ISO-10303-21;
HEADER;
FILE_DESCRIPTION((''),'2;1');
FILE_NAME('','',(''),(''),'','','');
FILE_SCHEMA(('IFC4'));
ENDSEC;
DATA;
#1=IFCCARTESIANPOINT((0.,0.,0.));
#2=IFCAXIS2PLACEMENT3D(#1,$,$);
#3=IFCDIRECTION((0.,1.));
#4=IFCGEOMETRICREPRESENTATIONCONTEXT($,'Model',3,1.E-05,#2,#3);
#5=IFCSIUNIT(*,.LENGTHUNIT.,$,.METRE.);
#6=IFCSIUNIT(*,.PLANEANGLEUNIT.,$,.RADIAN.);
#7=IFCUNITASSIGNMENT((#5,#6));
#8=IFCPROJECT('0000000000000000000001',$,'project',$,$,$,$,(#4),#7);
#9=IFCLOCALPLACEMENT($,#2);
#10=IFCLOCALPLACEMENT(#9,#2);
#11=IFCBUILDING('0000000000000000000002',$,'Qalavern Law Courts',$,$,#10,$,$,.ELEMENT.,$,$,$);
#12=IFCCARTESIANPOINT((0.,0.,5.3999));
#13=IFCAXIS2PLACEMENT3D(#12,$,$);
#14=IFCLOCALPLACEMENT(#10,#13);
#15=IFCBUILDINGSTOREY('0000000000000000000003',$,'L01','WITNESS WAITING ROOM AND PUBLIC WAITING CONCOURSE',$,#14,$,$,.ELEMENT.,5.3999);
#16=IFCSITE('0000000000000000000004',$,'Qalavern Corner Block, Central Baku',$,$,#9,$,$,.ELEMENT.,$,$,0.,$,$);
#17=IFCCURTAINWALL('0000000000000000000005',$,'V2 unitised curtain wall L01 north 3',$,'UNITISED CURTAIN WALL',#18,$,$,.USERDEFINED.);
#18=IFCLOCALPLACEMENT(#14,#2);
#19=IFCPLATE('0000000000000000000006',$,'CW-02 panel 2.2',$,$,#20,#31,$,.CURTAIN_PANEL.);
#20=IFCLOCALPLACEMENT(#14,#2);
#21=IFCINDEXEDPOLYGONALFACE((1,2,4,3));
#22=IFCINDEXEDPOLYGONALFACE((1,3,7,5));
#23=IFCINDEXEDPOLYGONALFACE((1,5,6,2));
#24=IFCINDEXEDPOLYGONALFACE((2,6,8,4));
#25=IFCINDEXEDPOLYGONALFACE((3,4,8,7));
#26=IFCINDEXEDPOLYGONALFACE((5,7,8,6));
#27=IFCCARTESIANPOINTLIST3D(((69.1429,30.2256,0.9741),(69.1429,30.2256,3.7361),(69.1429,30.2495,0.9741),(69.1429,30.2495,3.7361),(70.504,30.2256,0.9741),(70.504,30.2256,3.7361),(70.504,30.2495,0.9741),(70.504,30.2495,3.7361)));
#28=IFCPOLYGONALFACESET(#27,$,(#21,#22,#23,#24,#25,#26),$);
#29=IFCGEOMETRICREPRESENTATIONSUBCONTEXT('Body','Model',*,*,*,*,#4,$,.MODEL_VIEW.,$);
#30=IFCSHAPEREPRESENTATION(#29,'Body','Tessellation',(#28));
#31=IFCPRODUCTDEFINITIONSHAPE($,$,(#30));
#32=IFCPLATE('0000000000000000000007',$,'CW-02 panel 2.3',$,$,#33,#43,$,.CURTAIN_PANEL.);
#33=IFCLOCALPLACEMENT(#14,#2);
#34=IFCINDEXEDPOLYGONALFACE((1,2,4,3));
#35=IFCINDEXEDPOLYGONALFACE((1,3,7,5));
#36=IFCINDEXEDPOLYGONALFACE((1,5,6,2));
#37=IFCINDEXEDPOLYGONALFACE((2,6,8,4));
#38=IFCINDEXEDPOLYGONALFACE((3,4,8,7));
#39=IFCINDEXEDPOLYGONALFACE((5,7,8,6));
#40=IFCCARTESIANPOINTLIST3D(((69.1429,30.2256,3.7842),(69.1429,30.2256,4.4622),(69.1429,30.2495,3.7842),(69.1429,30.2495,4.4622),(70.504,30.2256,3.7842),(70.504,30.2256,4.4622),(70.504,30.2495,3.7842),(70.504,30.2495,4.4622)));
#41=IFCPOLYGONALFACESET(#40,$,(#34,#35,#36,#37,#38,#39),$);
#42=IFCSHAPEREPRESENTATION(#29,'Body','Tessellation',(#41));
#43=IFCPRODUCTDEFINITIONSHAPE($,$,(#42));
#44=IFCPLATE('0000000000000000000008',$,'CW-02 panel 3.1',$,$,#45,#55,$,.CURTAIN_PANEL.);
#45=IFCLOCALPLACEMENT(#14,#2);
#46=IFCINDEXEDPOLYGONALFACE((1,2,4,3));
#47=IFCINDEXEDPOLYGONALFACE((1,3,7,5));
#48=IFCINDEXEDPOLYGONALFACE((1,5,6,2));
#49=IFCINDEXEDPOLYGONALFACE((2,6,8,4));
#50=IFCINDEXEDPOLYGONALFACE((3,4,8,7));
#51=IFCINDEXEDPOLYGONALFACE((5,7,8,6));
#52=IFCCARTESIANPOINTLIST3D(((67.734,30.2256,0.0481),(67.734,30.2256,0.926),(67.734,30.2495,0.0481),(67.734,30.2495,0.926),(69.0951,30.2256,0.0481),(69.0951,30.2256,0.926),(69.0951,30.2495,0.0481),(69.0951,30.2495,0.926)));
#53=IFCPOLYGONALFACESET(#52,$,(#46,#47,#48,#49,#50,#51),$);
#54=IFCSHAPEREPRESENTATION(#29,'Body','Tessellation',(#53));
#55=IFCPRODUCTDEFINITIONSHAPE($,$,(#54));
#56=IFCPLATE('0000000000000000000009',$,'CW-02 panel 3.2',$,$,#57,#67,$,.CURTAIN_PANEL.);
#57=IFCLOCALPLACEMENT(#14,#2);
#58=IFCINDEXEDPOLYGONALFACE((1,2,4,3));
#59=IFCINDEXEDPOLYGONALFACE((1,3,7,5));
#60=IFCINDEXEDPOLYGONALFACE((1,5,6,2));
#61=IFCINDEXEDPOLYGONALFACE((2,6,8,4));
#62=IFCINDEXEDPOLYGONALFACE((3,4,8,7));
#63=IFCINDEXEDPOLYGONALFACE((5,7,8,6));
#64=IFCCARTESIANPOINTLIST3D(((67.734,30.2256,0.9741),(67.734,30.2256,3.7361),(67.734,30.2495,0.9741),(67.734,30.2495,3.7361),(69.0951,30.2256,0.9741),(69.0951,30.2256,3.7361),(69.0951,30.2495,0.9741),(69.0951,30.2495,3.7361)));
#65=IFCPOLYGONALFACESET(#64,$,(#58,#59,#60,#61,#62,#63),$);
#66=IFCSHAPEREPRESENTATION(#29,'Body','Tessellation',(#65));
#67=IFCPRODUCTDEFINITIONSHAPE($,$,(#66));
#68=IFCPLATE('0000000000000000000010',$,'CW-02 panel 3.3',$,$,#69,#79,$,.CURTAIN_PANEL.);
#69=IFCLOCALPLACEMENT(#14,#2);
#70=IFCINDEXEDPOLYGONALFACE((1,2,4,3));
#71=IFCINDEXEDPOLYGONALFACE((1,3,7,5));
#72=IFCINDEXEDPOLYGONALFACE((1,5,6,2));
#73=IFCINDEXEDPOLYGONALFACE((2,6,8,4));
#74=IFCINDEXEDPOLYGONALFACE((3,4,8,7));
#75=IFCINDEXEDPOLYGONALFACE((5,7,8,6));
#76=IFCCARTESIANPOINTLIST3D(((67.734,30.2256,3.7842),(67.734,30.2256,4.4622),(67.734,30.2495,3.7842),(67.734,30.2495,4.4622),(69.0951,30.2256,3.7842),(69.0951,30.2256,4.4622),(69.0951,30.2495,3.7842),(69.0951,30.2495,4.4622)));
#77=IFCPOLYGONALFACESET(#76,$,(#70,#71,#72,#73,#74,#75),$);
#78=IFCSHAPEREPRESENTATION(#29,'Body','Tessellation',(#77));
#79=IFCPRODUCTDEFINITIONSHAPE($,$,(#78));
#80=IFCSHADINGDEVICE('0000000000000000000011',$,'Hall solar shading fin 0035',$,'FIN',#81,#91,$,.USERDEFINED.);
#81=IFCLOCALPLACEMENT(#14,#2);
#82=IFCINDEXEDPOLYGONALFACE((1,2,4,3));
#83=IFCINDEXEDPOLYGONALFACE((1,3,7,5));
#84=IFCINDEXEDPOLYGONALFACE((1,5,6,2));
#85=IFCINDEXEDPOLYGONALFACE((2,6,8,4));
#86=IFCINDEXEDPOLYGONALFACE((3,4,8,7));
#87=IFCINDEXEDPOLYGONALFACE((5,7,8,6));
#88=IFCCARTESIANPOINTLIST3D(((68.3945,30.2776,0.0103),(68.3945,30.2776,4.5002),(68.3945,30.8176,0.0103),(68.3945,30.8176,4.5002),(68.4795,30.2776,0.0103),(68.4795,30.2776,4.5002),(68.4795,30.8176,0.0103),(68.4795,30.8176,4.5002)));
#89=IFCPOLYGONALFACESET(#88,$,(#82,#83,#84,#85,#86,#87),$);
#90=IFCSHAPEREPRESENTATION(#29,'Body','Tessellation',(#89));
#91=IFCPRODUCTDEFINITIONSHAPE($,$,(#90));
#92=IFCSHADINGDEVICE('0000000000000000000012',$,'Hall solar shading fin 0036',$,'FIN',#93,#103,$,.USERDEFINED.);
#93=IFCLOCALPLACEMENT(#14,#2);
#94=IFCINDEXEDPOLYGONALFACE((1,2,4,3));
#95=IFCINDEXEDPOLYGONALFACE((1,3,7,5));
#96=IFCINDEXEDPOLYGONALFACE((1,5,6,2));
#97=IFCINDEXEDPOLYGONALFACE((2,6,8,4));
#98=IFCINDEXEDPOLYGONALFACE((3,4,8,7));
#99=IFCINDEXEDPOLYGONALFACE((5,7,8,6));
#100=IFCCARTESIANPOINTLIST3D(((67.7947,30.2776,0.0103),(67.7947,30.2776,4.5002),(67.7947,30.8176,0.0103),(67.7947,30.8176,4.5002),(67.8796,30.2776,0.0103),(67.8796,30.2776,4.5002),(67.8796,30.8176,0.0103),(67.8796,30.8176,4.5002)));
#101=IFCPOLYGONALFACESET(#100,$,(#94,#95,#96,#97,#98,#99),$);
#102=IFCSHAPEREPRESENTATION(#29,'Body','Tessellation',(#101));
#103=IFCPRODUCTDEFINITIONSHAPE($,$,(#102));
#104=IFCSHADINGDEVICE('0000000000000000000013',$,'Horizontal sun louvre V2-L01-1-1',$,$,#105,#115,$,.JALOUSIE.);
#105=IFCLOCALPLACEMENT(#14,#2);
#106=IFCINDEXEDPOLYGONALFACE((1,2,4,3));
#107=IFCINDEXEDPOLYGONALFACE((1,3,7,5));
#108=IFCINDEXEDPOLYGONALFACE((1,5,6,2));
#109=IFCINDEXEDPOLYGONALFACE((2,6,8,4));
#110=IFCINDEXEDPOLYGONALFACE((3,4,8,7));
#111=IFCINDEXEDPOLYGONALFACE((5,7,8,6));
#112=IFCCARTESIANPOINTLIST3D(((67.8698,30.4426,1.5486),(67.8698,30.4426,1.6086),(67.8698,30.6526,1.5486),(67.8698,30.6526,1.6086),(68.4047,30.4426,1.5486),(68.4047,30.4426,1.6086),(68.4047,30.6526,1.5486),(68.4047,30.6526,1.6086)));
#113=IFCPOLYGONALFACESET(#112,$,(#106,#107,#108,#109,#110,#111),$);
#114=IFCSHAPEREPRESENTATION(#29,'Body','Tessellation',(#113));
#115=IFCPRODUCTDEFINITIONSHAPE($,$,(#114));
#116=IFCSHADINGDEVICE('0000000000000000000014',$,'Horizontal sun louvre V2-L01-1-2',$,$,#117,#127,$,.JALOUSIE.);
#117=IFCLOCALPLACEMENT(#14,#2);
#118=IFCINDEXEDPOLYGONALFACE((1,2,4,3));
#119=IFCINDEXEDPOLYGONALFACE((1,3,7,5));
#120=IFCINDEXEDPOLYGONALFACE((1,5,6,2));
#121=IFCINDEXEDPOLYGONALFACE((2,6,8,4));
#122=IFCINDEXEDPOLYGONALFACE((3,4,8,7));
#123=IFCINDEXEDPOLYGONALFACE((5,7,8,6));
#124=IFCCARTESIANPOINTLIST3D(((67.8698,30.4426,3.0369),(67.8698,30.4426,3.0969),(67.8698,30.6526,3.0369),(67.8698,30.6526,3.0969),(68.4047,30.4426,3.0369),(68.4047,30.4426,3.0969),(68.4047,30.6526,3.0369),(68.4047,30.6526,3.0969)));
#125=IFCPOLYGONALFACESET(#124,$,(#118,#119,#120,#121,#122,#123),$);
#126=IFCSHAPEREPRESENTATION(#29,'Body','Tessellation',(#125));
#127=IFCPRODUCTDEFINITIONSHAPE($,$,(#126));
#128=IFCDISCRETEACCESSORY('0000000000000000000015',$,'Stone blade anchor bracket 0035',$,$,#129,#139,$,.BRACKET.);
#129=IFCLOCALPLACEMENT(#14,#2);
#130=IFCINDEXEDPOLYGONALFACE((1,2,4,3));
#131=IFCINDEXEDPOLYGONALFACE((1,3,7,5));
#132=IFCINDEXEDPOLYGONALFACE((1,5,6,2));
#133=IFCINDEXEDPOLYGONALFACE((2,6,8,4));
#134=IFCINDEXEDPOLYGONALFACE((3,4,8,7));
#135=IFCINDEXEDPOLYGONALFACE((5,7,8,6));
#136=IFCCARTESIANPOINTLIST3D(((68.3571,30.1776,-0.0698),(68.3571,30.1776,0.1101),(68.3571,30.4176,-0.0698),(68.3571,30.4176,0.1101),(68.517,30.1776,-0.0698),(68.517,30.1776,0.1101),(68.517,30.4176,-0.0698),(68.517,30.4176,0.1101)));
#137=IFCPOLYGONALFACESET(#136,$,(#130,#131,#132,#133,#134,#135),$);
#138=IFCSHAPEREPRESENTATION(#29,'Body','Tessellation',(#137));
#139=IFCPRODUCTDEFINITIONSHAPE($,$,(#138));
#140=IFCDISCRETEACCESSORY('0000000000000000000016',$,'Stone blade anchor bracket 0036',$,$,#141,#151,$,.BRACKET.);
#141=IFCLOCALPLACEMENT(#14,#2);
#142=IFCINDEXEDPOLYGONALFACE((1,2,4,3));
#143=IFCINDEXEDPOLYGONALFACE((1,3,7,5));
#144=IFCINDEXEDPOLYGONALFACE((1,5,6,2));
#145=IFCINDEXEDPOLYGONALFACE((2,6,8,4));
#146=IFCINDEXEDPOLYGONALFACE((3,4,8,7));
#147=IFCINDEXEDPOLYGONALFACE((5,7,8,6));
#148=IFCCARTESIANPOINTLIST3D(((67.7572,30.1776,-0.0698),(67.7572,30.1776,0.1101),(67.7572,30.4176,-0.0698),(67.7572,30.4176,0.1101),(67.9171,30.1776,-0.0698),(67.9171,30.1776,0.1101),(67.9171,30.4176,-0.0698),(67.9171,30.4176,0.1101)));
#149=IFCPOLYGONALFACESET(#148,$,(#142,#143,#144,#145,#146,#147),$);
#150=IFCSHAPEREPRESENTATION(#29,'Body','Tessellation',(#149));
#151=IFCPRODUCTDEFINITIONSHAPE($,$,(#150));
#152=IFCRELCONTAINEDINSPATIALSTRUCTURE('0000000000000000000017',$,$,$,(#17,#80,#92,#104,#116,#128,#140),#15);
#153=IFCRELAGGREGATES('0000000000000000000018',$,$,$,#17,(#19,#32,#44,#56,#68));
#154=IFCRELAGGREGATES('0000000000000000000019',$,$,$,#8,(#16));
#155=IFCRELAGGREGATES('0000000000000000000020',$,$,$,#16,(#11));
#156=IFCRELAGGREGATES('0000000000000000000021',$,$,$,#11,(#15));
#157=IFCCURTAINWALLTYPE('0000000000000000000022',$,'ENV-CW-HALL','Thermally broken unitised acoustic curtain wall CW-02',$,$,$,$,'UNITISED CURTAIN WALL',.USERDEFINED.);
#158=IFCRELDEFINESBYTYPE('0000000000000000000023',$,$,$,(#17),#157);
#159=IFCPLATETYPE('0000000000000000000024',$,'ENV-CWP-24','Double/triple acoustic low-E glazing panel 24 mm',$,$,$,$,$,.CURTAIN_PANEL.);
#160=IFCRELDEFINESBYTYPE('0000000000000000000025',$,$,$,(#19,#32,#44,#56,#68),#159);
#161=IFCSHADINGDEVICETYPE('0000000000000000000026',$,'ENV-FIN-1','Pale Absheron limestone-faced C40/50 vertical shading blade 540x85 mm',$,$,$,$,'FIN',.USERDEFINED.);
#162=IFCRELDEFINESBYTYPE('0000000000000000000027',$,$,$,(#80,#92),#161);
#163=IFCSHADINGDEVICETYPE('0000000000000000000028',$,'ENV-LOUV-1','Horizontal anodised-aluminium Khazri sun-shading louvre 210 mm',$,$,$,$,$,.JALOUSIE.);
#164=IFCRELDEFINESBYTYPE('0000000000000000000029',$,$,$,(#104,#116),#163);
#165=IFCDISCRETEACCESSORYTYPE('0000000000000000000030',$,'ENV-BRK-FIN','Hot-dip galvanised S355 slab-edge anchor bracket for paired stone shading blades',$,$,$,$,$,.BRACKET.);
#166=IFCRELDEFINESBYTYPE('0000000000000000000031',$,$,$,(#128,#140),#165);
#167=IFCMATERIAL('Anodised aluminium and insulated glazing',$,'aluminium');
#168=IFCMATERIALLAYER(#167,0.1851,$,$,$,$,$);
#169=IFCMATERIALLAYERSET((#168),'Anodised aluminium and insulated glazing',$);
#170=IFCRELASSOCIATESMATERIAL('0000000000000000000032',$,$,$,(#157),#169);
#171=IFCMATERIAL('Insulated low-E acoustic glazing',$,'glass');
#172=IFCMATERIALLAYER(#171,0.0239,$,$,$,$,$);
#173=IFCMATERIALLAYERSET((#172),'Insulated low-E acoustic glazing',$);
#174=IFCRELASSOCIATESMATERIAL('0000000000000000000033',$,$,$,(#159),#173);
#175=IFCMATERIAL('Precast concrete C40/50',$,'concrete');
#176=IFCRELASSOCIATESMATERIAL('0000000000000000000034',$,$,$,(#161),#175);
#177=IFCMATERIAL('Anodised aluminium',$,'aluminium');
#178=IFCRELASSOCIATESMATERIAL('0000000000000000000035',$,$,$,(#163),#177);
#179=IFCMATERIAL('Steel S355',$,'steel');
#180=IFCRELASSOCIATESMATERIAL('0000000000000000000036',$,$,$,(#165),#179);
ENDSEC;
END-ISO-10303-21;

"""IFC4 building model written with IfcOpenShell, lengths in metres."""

from ifc_helpers import new_model, si_unit, direction, frame, origin, origin_2d, place, context, subcontext, project, spatial, rectangle, extrude, material, layer, layer_set, type_object, element, aggregate, save


model = new_model("IFC4")

# Units and contexts
model_context = context("Model", 3, precision=1e-05, world=origin(), true_north=direction((0.0, 1.0)))
body_context = subcontext(model_context, "Body", "Model", "MODEL_VIEW")
ifc_project = project(units=[si_unit("LENGTHUNIT", "METRE"), si_unit("PLANEANGLEUNIT", "RADIAN")], contexts=[model_context])

# Site, building, storey
site_placement = place(None, origin())
site = spatial("IfcSite", under=ifc_project, at=site_placement, Name="Qalavern Corner Block, Central Baku", CompositionType="ELEMENT", RefElevation=0.0)
building_placement = place(site_placement, origin())
building = spatial("IfcBuilding", under=site, at=building_placement, Name="Qalavern Law Courts", CompositionType="ELEMENT")
storey_placement = place(building_placement, frame((0.0, 0.0, 5.3999)))
storey = spatial("IfcBuildingStorey", under=building, at=storey_placement, Name="L01", Description="WITNESS WAITING ROOM AND PUBLIC WAITING CONCOURSE", CompositionType="ELEMENT", Elevation=5.3999)

# Curtain wall, plates
ifc_material_1 = material(Name="Anodised aluminium and insulated glazing", Category="aluminium")
ifc_layer_1 = layer(ifc_material_1, 0.1851)
ifc_layer_set_1 = layer_set([ifc_layer_1], Name="Anodised aluminium and insulated glazing")
curtain_wall_type = type_object("IfcCurtainWallType", Name="ENV-CW-HALL", Description="Thermally broken unitised acoustic curtain wall CW-02", ElementType="UNITISED CURTAIN WALL", PredefinedType="USERDEFINED", material=ifc_layer_set_1)
curtain_wall_placement = place(storey_placement, origin())
curtain_wall = element("IfcCurtainWall", 1, at=curtain_wall_placement, inside=storey, type_object=curtain_wall_type, Name="V2 unitised curtain wall L01 north 3", ObjectType="UNITISED CURTAIN WALL", PredefinedType="USERDEFINED")
ifc_material_2 = material(Name="Anodised aluminium", Category="aluminium")
ifc_material_3 = material(Name="Insulated low-E acoustic glazing", Category="glass")
ifc_layer_2 = layer(ifc_material_3, 0.0239)
ifc_layer_set_2 = layer_set([ifc_layer_2], Name="Insulated low-E acoustic glazing")
plate_type = type_object("IfcPlateType", Name="ENV-CWP-24", Description="Double/triple acoustic low-E glazing panel 24 mm", PredefinedType="CURTAIN_PANEL", material=ifc_layer_set_2)
plate_1_placement = place(storey_placement, frame((69.8235, 30.2375, 0.9741), z_axis=(0.0, 0.0, 1.0), x_axis=(-1.0, 0.0, 0.0)))
plate_1 = element("IfcPlate", 2, at=plate_1_placement, type_object=plate_type, Name="CW-02 panel 2.2", PredefinedType="CURTAIN_PANEL", context=body_context, shape_type="SweptSolid", body=[
    extrude(rectangle(XDim=1.3611, YDim=0.0239, at=origin_2d()), origin(), (0.0, 0.0, 1.0), 2.762),
])
plate_2_placement = place(storey_placement, frame((69.8235, 30.2375, 3.7842), z_axis=(0.0, 0.0, 1.0), x_axis=(-1.0, 0.0, 0.0)))
plate_2 = element("IfcPlate", 3, at=plate_2_placement, type_object=plate_type, Name="CW-02 panel 2.3", PredefinedType="CURTAIN_PANEL", context=body_context, shape_type="SweptSolid", body=[
    extrude(rectangle(XDim=1.3611, YDim=0.0239, at=origin_2d()), origin(), (0.0, 0.0, 1.0), 0.678),
])
plate_3_placement = place(storey_placement, frame((68.4146, 30.2375, 0.0481), z_axis=(0.0, 0.0, 1.0), x_axis=(-1.0, 0.0, 0.0)))
plate_3 = element("IfcPlate", 4, at=plate_3_placement, type_object=plate_type, Name="CW-02 panel 3.1", PredefinedType="CURTAIN_PANEL", context=body_context, shape_type="SweptSolid", body=[
    extrude(rectangle(XDim=1.3611, YDim=0.0239, at=origin_2d()), origin(), (0.0, 0.0, 1.0), 0.8779),
])
plate_4_placement = place(storey_placement, frame((68.4146, 30.2375, 0.9741), z_axis=(0.0, 0.0, 1.0), x_axis=(-1.0, 0.0, 0.0)))
plate_4 = element("IfcPlate", 5, at=plate_4_placement, type_object=plate_type, Name="CW-02 panel 3.2", PredefinedType="CURTAIN_PANEL", context=body_context, shape_type="SweptSolid", body=[
    extrude(rectangle(XDim=1.3611, YDim=0.0239, at=origin_2d()), origin(), (0.0, 0.0, 1.0), 2.762),
])
plate_5_placement = place(storey_placement, frame((68.4146, 30.2375, 3.7842), z_axis=(0.0, 0.0, 1.0), x_axis=(-1.0, 0.0, 0.0)))
plate_5 = element("IfcPlate", 6, at=plate_5_placement, type_object=plate_type, Name="CW-02 panel 3.3", PredefinedType="CURTAIN_PANEL", context=body_context, shape_type="SweptSolid", body=[
    extrude(rectangle(XDim=1.3611, YDim=0.0239, at=origin_2d()), origin(), (0.0, 0.0, 1.0), 0.678),
])
aggregate(curtain_wall, [plate_1, plate_2, plate_3, plate_4, plate_5])

# Shading devices
ifc_material_4 = material(Name="Precast concrete C40/50", Category="concrete")
shading_device_type_1 = type_object("IfcShadingDeviceType", Name="ENV-FIN-1", Description="Pale Absheron limestone-faced C40/50 vertical shading blade 540x85 mm", ElementType="FIN", PredefinedType="USERDEFINED", material=ifc_material_4)
for number, where, z_axis, x_axis, name in (
    (7, (68.437, 30.5476, 0.0103), (0.0, 0.0, 1.0), (0.0, 1.0, 0.0), "Hall solar shading fin 0035"),
    (8, (67.8372, 30.5476, 0.0103), (0.0, 0.0, 1.0), (0.0, 1.0, 0.0), "Hall solar shading fin 0036"),
):
    element("IfcShadingDevice", number, at=place(storey_placement, frame(where, z_axis=z_axis, x_axis=x_axis)), inside=storey, type_object=shading_device_type_1, Name=name, ObjectType="FIN", PredefinedType="USERDEFINED", context=body_context, shape_type="SweptSolid", body=[
        extrude(rectangle(XDim=0.54, YDim=0.085, at=origin_2d()), origin(), (0.0, 0.0, 1.0), 4.49),
    ])
shading_device_type_2 = type_object("IfcShadingDeviceType", Name="ENV-LOUV-1", Description="Horizontal anodised-aluminium Khazri sun-shading louvre 210 mm", PredefinedType="JALOUSIE", material=ifc_material_2)
for number, where, z_axis, x_axis, name in (
    (9, (68.1372, 30.5476, 1.5486), (0.0, 0.0, 1.0), (-1.0, 0.0, 0.0), "Horizontal sun louvre V2-L01-1-1"),
    (10, (68.1372, 30.5476, 3.0369), (0.0, 0.0, 1.0), (-1.0, 0.0, 0.0), "Horizontal sun louvre V2-L01-1-2"),
):
    element("IfcShadingDevice", number, at=place(storey_placement, frame(where, z_axis=z_axis, x_axis=x_axis)), inside=storey, type_object=shading_device_type_2, Name=name, PredefinedType="JALOUSIE", context=body_context, shape_type="SweptSolid", body=[
        extrude(rectangle(XDim=0.5349, YDim=0.21, at=origin_2d()), origin(), (0.0, 0.0, 1.0), 0.0601),
    ])

# Discrete accessories
ifc_material_5 = material(Name="Steel S355", Category="steel")
discrete_accessory_type = type_object("IfcDiscreteAccessoryType", Name="ENV-BRK-FIN", Description="Hot-dip galvanised S355 slab-edge anchor bracket for paired stone shading blades", PredefinedType="BRACKET", material=ifc_material_5)
for number, where, z_axis, x_axis, name in (
    (11, (68.437, 30.2976, -0.0698), (0.0, 0.0, 1.0), (0.0, 1.0, 0.0), "Stone blade anchor bracket 0035"),
    (12, (67.8372, 30.2976, -0.0698), (0.0, 0.0, 1.0), (0.0, 1.0, 0.0), "Stone blade anchor bracket 0036"),
):
    element("IfcDiscreteAccessory", number, at=place(storey_placement, frame(where, z_axis=z_axis, x_axis=x_axis)), inside=storey, type_object=discrete_accessory_type, Name=name, PredefinedType="BRACKET", context=body_context, shape_type="SweptSolid", body=[
        extrude(rectangle(XDim=0.24, YDim=0.1599, at=origin_2d()), origin(), (0.0, 0.0, 1.0), 0.1799),
    ])

save(model, "model.ifc")
